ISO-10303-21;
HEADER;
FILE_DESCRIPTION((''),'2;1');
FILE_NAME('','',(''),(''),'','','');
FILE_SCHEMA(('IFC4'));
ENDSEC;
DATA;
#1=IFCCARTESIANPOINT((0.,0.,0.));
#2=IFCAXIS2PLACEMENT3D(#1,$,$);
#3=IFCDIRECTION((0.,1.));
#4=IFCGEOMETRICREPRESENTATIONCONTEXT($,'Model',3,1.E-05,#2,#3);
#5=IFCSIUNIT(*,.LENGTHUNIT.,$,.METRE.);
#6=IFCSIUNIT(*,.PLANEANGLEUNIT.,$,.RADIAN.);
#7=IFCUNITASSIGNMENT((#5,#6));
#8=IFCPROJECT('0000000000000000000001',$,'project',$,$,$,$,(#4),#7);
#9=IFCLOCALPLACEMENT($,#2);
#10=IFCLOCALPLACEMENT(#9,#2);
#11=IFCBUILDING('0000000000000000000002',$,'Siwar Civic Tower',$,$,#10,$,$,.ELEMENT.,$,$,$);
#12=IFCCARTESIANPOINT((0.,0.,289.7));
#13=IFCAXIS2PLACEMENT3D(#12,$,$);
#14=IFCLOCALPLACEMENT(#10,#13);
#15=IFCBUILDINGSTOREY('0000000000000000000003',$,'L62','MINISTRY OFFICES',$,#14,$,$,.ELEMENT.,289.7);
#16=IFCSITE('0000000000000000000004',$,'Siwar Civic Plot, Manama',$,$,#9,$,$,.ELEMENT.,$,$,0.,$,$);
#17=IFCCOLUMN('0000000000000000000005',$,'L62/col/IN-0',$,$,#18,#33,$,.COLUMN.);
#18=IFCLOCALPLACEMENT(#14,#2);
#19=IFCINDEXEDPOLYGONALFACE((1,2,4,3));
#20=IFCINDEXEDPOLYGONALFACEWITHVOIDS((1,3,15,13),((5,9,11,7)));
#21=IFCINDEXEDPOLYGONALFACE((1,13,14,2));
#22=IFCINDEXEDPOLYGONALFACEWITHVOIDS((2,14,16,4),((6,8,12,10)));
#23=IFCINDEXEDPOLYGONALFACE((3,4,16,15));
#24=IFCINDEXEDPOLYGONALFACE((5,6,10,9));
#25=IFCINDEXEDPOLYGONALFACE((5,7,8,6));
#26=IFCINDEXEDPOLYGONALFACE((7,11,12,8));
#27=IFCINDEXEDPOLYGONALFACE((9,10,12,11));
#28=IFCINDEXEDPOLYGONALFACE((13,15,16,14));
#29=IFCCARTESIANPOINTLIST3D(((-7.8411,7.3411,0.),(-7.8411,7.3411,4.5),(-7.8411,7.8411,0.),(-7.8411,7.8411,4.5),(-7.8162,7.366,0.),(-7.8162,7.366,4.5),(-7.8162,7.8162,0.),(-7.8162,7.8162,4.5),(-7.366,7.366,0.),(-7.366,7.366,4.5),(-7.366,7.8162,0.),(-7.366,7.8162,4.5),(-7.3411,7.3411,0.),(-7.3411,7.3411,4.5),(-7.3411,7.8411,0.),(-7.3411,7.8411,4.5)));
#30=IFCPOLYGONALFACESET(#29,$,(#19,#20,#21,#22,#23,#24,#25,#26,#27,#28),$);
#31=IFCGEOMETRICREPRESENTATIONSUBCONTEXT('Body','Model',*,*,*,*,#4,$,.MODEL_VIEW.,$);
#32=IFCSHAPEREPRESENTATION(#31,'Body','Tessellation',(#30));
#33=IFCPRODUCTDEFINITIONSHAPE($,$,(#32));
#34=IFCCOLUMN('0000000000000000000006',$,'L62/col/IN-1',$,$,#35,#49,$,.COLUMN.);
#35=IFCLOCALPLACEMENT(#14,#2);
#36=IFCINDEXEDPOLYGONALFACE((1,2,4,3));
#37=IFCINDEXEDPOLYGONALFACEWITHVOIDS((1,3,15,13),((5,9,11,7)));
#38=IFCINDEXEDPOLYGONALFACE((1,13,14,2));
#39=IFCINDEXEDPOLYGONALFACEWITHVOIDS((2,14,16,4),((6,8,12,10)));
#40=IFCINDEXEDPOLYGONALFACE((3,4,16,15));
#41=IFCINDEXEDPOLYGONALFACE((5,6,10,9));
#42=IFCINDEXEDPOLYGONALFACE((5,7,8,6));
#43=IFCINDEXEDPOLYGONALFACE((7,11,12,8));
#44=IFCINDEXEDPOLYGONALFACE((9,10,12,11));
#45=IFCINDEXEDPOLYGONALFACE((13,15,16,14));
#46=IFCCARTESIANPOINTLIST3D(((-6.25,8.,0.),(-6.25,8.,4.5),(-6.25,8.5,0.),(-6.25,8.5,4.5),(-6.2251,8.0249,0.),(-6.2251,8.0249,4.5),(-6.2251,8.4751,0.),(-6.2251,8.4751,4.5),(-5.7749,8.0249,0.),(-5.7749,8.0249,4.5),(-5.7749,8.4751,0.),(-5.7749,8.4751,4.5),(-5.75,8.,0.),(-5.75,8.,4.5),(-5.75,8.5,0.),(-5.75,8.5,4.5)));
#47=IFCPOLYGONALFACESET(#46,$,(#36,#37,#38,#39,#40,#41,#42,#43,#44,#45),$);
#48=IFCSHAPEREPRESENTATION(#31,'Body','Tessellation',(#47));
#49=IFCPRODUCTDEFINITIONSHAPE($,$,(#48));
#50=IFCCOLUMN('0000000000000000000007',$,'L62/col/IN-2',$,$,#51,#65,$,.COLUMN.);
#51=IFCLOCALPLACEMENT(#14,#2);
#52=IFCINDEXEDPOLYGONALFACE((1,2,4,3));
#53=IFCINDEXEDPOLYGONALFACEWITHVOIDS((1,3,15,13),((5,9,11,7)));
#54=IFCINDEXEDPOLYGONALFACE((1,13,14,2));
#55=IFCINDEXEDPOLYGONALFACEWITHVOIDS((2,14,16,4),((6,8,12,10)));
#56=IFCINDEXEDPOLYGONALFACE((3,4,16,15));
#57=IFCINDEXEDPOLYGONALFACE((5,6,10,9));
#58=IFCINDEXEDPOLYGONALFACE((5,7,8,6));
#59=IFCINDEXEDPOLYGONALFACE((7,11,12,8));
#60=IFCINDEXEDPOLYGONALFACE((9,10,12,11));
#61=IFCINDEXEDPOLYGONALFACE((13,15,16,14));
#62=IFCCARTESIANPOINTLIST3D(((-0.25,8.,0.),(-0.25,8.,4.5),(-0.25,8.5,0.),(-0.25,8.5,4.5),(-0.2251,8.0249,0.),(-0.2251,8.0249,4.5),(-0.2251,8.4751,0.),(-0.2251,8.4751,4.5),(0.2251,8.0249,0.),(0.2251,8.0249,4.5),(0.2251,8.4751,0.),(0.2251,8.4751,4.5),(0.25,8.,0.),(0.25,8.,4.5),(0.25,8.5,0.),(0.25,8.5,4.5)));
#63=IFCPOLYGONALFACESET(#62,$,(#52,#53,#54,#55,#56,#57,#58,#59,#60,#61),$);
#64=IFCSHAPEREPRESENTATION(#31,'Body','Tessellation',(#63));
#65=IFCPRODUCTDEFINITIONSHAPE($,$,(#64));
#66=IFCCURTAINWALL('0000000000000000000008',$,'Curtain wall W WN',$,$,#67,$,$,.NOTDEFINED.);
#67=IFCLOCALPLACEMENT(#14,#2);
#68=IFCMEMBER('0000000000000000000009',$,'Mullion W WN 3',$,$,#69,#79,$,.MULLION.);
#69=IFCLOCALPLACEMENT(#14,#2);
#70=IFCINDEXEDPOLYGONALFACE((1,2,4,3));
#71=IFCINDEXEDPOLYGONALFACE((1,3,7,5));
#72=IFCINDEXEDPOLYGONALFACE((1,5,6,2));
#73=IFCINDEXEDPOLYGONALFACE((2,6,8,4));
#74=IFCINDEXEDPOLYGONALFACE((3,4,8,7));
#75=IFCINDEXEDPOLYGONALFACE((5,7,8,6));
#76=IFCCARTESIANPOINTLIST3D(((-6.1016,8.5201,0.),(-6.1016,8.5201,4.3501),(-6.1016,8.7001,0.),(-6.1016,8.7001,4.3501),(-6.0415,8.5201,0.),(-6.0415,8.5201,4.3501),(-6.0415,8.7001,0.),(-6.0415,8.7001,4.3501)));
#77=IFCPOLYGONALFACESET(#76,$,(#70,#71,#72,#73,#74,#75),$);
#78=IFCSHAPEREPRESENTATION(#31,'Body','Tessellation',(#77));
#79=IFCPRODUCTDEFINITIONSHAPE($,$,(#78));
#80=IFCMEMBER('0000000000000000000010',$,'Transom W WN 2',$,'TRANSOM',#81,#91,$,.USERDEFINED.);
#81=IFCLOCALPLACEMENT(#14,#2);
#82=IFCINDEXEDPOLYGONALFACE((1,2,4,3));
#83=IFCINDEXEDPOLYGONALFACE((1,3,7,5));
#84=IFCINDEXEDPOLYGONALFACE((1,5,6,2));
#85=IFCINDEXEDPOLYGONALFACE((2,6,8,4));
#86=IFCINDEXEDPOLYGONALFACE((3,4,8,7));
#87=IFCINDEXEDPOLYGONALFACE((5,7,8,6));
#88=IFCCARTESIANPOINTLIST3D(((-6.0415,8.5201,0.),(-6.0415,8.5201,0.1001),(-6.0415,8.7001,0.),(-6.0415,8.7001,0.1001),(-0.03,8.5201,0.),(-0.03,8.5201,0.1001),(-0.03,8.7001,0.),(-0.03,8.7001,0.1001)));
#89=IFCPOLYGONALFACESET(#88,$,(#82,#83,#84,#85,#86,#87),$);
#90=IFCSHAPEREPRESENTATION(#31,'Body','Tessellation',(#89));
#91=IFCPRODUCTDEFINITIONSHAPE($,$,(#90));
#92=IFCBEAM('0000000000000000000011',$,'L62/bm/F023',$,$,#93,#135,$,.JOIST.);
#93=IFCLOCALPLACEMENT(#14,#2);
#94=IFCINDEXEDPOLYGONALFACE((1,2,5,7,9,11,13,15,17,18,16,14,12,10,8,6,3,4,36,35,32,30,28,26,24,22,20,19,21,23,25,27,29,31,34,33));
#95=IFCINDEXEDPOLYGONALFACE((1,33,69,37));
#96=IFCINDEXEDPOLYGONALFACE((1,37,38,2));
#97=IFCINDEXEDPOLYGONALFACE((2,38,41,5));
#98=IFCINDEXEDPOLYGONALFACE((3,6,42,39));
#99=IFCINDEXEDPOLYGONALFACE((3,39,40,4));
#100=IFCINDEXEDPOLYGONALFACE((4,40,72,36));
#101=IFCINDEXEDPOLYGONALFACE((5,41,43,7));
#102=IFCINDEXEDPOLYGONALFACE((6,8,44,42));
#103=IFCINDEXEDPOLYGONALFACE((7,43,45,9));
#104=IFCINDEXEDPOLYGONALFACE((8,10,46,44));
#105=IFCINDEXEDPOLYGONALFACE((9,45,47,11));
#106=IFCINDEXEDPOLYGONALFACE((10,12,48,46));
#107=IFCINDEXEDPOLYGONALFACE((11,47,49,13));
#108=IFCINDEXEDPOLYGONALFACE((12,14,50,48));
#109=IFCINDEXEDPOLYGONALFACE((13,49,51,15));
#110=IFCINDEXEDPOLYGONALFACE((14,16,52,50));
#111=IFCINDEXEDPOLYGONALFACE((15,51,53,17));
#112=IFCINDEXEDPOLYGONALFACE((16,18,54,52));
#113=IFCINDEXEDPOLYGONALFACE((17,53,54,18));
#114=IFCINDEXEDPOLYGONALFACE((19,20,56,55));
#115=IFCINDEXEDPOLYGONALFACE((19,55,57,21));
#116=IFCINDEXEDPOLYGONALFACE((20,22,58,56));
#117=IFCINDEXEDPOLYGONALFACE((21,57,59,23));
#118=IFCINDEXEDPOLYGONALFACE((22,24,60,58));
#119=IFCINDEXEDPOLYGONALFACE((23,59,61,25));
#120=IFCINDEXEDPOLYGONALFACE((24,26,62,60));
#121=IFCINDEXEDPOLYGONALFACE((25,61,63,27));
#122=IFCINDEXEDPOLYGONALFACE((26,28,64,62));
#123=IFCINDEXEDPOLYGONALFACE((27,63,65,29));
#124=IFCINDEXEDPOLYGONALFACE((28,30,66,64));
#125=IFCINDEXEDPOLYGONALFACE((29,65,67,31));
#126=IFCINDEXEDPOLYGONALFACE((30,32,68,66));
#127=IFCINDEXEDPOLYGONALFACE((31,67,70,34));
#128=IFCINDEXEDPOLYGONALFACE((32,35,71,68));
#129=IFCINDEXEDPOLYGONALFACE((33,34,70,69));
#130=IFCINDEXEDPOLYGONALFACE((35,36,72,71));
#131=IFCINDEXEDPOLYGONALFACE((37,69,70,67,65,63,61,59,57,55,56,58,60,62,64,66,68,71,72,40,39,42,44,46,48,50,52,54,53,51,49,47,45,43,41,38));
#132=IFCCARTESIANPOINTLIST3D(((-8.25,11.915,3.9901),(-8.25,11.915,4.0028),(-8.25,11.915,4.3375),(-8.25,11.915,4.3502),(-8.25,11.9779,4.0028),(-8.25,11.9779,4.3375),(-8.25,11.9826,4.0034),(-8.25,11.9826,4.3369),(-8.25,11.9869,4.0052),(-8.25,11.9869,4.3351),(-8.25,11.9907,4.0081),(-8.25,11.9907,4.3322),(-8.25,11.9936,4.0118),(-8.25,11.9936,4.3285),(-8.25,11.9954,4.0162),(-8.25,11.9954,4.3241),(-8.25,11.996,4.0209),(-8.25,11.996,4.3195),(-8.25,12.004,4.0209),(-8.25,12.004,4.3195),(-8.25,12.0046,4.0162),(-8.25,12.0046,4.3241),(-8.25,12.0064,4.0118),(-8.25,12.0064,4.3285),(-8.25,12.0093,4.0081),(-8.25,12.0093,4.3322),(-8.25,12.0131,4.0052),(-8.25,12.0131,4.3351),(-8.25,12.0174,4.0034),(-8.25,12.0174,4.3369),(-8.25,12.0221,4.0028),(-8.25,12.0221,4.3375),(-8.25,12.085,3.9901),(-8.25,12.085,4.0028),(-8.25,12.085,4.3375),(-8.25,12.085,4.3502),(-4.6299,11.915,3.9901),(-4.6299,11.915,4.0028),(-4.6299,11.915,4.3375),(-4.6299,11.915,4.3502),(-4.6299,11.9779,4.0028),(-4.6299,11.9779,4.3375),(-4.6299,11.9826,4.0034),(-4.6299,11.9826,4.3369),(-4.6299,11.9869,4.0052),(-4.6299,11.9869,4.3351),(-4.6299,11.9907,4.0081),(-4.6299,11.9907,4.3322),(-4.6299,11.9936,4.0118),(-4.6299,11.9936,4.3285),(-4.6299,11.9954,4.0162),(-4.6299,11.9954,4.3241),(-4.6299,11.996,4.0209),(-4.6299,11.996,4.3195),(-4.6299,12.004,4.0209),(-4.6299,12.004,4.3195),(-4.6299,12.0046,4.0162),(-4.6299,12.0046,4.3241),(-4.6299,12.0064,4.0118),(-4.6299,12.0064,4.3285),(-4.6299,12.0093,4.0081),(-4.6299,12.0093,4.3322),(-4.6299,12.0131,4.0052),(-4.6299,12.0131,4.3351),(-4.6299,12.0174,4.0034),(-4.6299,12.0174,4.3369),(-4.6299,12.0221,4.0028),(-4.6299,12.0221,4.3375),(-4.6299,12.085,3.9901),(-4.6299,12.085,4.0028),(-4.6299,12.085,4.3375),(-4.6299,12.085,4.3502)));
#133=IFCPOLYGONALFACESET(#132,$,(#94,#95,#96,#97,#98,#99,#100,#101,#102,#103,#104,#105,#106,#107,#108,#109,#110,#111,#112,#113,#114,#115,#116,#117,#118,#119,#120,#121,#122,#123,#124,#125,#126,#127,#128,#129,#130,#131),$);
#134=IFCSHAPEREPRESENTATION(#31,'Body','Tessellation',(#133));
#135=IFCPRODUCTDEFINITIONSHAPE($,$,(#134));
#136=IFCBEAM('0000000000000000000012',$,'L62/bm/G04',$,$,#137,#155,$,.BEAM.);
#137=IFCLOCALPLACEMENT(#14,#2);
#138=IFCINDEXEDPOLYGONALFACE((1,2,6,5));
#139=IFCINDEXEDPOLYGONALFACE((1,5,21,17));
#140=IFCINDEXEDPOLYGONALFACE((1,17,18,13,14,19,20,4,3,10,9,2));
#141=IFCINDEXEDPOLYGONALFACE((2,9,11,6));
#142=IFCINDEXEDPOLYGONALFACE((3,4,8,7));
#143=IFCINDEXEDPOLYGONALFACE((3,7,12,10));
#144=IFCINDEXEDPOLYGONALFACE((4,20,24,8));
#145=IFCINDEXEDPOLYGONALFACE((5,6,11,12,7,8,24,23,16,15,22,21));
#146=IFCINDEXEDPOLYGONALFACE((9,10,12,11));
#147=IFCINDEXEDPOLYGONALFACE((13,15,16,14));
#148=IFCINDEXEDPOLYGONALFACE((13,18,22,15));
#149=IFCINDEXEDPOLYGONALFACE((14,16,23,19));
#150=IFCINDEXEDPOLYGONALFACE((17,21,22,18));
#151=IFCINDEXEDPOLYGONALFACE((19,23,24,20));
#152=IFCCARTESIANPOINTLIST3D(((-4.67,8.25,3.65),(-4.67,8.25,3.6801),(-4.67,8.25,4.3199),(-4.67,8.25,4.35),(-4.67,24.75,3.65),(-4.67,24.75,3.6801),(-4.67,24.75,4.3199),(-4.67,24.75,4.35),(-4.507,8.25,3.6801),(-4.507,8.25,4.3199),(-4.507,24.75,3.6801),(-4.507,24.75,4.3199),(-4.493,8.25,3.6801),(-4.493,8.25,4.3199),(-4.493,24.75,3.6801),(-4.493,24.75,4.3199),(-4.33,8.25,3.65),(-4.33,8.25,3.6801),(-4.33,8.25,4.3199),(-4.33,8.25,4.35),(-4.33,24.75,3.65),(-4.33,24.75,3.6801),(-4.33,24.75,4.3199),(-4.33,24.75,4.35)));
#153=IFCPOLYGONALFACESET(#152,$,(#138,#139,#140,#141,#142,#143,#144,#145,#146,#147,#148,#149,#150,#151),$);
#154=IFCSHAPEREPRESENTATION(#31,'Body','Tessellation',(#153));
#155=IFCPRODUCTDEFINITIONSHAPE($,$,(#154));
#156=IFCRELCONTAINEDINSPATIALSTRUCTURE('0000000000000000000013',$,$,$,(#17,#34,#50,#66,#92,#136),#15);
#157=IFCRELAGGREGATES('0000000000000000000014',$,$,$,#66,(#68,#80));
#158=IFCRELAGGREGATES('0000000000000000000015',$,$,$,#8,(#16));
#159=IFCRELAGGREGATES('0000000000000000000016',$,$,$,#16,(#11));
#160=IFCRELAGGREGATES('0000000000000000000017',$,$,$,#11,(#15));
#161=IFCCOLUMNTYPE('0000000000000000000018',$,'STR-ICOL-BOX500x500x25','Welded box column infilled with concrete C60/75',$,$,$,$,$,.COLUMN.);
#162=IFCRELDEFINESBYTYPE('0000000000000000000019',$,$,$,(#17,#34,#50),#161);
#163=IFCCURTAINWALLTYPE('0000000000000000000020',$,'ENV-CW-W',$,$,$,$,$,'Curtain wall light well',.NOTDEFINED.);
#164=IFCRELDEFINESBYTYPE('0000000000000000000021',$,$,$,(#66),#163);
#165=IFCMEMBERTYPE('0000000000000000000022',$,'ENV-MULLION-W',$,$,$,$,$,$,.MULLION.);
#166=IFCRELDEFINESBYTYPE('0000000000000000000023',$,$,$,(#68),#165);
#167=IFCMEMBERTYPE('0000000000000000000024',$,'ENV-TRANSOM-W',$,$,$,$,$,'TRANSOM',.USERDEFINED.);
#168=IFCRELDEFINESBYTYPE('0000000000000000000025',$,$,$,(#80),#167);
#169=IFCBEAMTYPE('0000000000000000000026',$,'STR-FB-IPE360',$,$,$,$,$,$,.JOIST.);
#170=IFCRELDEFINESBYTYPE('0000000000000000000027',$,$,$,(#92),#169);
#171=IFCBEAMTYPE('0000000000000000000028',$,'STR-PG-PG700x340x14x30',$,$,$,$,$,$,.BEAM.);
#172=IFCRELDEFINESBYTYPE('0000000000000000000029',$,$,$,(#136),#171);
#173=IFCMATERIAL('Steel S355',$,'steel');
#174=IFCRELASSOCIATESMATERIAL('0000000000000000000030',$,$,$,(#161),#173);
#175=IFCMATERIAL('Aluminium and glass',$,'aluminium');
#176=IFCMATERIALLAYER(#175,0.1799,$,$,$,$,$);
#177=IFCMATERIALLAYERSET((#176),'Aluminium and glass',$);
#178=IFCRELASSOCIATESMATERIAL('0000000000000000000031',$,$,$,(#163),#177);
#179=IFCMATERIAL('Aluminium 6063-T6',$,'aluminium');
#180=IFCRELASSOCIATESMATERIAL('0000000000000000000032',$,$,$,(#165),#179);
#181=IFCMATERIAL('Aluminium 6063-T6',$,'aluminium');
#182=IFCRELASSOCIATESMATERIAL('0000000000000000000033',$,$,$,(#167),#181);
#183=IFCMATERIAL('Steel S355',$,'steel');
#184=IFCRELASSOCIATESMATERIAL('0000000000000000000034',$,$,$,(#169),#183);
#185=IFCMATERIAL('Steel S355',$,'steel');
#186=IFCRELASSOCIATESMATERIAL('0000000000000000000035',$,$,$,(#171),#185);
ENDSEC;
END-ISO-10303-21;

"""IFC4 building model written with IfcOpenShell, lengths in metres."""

from ifc_helpers import new_model, si_unit, direction, frame, origin, origin_2d, place, context, subcontext, project, spatial, rectangle, hollow_rectangle, i_section, extrude, material, layer, layer_set, material_profile, profile_set, type_object, element, aggregate, save


model = new_model("IFC4")

# Units and contexts
model_context = context("Model", 3, precision=1e-05, world=origin(), true_north=direction((0.0, 1.0)))
body_context = subcontext(model_context, "Body", "Model", "MODEL_VIEW")
ifc_project = project(units=[si_unit("LENGTHUNIT", "METRE"), si_unit("PLANEANGLEUNIT", "RADIAN")], contexts=[model_context])

# Site, building, storey
site_placement = place(None, origin())
site = spatial("IfcSite", under=ifc_project, at=site_placement, Name="Siwar Civic Plot, Manama", CompositionType="ELEMENT", RefElevation=0.0)
building_placement = place(site_placement, origin())
building = spatial("IfcBuilding", under=site, at=building_placement, Name="Siwar Civic Tower", CompositionType="ELEMENT")
storey_placement = place(building_placement, frame((0.0, 0.0, 289.7)))
storey = spatial("IfcBuildingStorey", under=building, at=storey_placement, Name="L62", Description="MINISTRY OFFICES", CompositionType="ELEMENT", Elevation=289.7)

# Columns
ifc_material_1 = material(Name="Steel S355", Category="steel")
ifc_material_profile_1 = material_profile(ifc_material_1, hollow_rectangle(XDim=0.5, YDim=0.5, WallThickness=0.0249, at=origin_2d()), Name="BOX500x500x25")
ifc_profile_set_1 = profile_set([ifc_material_profile_1], Name="Steel S355")
column_type = type_object("IfcColumnType", Name="STR-ICOL-BOX500x500x25", Description="Welded box column infilled with concrete C60/75", PredefinedType="COLUMN", material=ifc_profile_set_1)
for number, where, z_axis, x_axis, name in (
    (1, (-7.5911, 7.5911, 0.0), (0.0, 0.0, 1.0), (1.0, 0.0, 0.0), "L62/col/IN-0"),
    (2, (-6.0, 8.25, 0.0), (0.0, 0.0, 1.0), (1.0, 0.0, 0.0), "L62/col/IN-1"),
    (3, (0.0, 8.25, 0.0), (0.0, 0.0, 1.0), (1.0, 0.0, 0.0), "L62/col/IN-2"),
):
    element("IfcColumn", number, at=place(storey_placement, frame(where, z_axis=z_axis, x_axis=x_axis)), inside=storey, type_object=column_type, Name=name, PredefinedType="COLUMN", context=body_context, shape_type="SweptSolid", body=[
        extrude(hollow_rectangle(XDim=0.5, YDim=0.5, WallThickness=0.0249, at=origin_2d()), origin(), (0.0, 0.0, 1.0), 4.5),
    ])

# Curtain wall, members
ifc_material_2 = material(Name="Aluminium and glass", Category="aluminium")
ifc_layer_1 = layer(ifc_material_2, 0.1799)
ifc_layer_set_1 = layer_set([ifc_layer_1], Name="Aluminium and glass")
curtain_wall_type = type_object("IfcCurtainWallType", Name="ENV-CW-W", ElementType="Curtain wall light well", PredefinedType="NOTDEFINED", material=ifc_layer_set_1)
curtain_wall_placement = place(storey_placement, origin())
curtain_wall = element("IfcCurtainWall", 4, at=curtain_wall_placement, inside=storey, type_object=curtain_wall_type, Name="Curtain wall W WN", PredefinedType="NOTDEFINED")
ifc_material_3 = material(Name="Aluminium 6063-T6", Category="aluminium")
ifc_material_profile_2 = material_profile(ifc_material_3, rectangle(XDim=0.1799, YDim=0.0601, at=origin_2d()), Name="AL 180x60")
ifc_profile_set_2 = profile_set([ifc_material_profile_2], Name="Aluminium 6063-T6")
member_type_1 = type_object("IfcMemberType", Name="ENV-MULLION-W", PredefinedType="MULLION", material=ifc_profile_set_2)
member_1_placement = place(storey_placement, frame((-6.0715, 8.6101, 0.0), z_axis=(0.0, 0.0, 1.0), x_axis=(0.0, -1.0, 0.0)))
member_1 = element("IfcMember", 5, at=member_1_placement, type_object=member_type_1, Name="Mullion W WN 3", PredefinedType="MULLION", context=body_context, shape_type="SweptSolid", body=[
    extrude(rectangle(XDim=0.1799, YDim=0.0601, at=origin_2d()), origin(), (0.0, 0.0, 1.0), 4.3501),
])
ifc_material_4 = material(Name="Aluminium 6063-T6", Category="aluminium")
ifc_material_profile_3 = material_profile(ifc_material_4, rectangle(XDim=0.1799, YDim=0.1001, at=origin_2d()), Name="AL 180x100")
ifc_profile_set_3 = profile_set([ifc_material_profile_3], Name="Aluminium 6063-T6")
member_type_2 = type_object("IfcMemberType", Name="ENV-TRANSOM-W", ElementType="TRANSOM", PredefinedType="USERDEFINED", material=ifc_profile_set_3)
member_2_placement = place(storey_placement, frame((-0.03, 8.6101, 0.05), z_axis=(-1.0, 0.0, 0.0), x_axis=(0.0, -1.0, 0.0)))
member_2 = element("IfcMember", 6, at=member_2_placement, type_object=member_type_2, Name="Transom W WN 2", ObjectType="TRANSOM", PredefinedType="USERDEFINED", context=body_context, shape_type="SweptSolid", body=[
    extrude(rectangle(XDim=0.1799, YDim=0.1001, at=origin_2d()), origin(), (0.0, 0.0, 1.0), 6.0115),
])

# Beams
ifc_material_5 = material(Name="Steel S355", Category="steel")
ifc_material_profile_4 = material_profile(ifc_material_5, i_section(OverallWidth=0.1699, OverallDepth=0.3601, WebThickness=0.0081, FlangeThickness=0.0127, FilletRadius=0.0181, at=origin_2d()), Name="IPE360")
ifc_profile_set_4 = profile_set([ifc_material_profile_4], Name="Steel S355")
beam_type_1 = type_object("IfcBeamType", Name="STR-FB-IPE360", PredefinedType="JOIST", material=ifc_profile_set_4)
beam_1_placement = place(storey_placement, frame((-8.25, 12.0, 4.1702), z_axis=(1.0, 0.0, 0.0), x_axis=(0.0, 1.0, 0.0)))
element("IfcBeam", 7, at=beam_1_placement, inside=storey, type_object=beam_type_1, Name="L62/bm/F023", PredefinedType="JOIST", context=body_context, shape_type="SweptSolid", body=[
    extrude(i_section(OverallWidth=0.1699, OverallDepth=0.3601, WebThickness=0.0081, FlangeThickness=0.0127, FilletRadius=0.0181, at=origin_2d()), origin(), (0.0, 0.0, 1.0), 3.6201),
])
ifc_material_6 = material(Name="Steel S355", Category="steel")
ifc_material_profile_5 = material_profile(ifc_material_6, i_section(OverallWidth=0.3401, OverallDepth=0.7, WebThickness=0.0139, FlangeThickness=0.03, at=origin_2d()), Name="PG700x340x14x30")
ifc_profile_set_5 = profile_set([ifc_material_profile_5], Name="Steel S355")
beam_type_2 = type_object("IfcBeamType", Name="STR-PG-PG700x340x14x30", PredefinedType="BEAM", material=ifc_profile_set_5)
beam_2_placement = place(storey_placement, frame((-4.5, 8.25, 4.0), z_axis=(0.0, 1.0, 0.0), x_axis=(-1.0, 0.0, 0.0)))
element("IfcBeam", 8, at=beam_2_placement, inside=storey, type_object=beam_type_2, Name="L62/bm/G04", PredefinedType="BEAM", context=body_context, shape_type="SweptSolid", body=[
    extrude(i_section(OverallWidth=0.3401, OverallDepth=0.7, WebThickness=0.0139, FlangeThickness=0.03, at=origin_2d()), origin(), (0.0, 0.0, 1.0), 16.5),
])

aggregate(curtain_wall, [member_1, member_2])

save(model, "model.ifc")
